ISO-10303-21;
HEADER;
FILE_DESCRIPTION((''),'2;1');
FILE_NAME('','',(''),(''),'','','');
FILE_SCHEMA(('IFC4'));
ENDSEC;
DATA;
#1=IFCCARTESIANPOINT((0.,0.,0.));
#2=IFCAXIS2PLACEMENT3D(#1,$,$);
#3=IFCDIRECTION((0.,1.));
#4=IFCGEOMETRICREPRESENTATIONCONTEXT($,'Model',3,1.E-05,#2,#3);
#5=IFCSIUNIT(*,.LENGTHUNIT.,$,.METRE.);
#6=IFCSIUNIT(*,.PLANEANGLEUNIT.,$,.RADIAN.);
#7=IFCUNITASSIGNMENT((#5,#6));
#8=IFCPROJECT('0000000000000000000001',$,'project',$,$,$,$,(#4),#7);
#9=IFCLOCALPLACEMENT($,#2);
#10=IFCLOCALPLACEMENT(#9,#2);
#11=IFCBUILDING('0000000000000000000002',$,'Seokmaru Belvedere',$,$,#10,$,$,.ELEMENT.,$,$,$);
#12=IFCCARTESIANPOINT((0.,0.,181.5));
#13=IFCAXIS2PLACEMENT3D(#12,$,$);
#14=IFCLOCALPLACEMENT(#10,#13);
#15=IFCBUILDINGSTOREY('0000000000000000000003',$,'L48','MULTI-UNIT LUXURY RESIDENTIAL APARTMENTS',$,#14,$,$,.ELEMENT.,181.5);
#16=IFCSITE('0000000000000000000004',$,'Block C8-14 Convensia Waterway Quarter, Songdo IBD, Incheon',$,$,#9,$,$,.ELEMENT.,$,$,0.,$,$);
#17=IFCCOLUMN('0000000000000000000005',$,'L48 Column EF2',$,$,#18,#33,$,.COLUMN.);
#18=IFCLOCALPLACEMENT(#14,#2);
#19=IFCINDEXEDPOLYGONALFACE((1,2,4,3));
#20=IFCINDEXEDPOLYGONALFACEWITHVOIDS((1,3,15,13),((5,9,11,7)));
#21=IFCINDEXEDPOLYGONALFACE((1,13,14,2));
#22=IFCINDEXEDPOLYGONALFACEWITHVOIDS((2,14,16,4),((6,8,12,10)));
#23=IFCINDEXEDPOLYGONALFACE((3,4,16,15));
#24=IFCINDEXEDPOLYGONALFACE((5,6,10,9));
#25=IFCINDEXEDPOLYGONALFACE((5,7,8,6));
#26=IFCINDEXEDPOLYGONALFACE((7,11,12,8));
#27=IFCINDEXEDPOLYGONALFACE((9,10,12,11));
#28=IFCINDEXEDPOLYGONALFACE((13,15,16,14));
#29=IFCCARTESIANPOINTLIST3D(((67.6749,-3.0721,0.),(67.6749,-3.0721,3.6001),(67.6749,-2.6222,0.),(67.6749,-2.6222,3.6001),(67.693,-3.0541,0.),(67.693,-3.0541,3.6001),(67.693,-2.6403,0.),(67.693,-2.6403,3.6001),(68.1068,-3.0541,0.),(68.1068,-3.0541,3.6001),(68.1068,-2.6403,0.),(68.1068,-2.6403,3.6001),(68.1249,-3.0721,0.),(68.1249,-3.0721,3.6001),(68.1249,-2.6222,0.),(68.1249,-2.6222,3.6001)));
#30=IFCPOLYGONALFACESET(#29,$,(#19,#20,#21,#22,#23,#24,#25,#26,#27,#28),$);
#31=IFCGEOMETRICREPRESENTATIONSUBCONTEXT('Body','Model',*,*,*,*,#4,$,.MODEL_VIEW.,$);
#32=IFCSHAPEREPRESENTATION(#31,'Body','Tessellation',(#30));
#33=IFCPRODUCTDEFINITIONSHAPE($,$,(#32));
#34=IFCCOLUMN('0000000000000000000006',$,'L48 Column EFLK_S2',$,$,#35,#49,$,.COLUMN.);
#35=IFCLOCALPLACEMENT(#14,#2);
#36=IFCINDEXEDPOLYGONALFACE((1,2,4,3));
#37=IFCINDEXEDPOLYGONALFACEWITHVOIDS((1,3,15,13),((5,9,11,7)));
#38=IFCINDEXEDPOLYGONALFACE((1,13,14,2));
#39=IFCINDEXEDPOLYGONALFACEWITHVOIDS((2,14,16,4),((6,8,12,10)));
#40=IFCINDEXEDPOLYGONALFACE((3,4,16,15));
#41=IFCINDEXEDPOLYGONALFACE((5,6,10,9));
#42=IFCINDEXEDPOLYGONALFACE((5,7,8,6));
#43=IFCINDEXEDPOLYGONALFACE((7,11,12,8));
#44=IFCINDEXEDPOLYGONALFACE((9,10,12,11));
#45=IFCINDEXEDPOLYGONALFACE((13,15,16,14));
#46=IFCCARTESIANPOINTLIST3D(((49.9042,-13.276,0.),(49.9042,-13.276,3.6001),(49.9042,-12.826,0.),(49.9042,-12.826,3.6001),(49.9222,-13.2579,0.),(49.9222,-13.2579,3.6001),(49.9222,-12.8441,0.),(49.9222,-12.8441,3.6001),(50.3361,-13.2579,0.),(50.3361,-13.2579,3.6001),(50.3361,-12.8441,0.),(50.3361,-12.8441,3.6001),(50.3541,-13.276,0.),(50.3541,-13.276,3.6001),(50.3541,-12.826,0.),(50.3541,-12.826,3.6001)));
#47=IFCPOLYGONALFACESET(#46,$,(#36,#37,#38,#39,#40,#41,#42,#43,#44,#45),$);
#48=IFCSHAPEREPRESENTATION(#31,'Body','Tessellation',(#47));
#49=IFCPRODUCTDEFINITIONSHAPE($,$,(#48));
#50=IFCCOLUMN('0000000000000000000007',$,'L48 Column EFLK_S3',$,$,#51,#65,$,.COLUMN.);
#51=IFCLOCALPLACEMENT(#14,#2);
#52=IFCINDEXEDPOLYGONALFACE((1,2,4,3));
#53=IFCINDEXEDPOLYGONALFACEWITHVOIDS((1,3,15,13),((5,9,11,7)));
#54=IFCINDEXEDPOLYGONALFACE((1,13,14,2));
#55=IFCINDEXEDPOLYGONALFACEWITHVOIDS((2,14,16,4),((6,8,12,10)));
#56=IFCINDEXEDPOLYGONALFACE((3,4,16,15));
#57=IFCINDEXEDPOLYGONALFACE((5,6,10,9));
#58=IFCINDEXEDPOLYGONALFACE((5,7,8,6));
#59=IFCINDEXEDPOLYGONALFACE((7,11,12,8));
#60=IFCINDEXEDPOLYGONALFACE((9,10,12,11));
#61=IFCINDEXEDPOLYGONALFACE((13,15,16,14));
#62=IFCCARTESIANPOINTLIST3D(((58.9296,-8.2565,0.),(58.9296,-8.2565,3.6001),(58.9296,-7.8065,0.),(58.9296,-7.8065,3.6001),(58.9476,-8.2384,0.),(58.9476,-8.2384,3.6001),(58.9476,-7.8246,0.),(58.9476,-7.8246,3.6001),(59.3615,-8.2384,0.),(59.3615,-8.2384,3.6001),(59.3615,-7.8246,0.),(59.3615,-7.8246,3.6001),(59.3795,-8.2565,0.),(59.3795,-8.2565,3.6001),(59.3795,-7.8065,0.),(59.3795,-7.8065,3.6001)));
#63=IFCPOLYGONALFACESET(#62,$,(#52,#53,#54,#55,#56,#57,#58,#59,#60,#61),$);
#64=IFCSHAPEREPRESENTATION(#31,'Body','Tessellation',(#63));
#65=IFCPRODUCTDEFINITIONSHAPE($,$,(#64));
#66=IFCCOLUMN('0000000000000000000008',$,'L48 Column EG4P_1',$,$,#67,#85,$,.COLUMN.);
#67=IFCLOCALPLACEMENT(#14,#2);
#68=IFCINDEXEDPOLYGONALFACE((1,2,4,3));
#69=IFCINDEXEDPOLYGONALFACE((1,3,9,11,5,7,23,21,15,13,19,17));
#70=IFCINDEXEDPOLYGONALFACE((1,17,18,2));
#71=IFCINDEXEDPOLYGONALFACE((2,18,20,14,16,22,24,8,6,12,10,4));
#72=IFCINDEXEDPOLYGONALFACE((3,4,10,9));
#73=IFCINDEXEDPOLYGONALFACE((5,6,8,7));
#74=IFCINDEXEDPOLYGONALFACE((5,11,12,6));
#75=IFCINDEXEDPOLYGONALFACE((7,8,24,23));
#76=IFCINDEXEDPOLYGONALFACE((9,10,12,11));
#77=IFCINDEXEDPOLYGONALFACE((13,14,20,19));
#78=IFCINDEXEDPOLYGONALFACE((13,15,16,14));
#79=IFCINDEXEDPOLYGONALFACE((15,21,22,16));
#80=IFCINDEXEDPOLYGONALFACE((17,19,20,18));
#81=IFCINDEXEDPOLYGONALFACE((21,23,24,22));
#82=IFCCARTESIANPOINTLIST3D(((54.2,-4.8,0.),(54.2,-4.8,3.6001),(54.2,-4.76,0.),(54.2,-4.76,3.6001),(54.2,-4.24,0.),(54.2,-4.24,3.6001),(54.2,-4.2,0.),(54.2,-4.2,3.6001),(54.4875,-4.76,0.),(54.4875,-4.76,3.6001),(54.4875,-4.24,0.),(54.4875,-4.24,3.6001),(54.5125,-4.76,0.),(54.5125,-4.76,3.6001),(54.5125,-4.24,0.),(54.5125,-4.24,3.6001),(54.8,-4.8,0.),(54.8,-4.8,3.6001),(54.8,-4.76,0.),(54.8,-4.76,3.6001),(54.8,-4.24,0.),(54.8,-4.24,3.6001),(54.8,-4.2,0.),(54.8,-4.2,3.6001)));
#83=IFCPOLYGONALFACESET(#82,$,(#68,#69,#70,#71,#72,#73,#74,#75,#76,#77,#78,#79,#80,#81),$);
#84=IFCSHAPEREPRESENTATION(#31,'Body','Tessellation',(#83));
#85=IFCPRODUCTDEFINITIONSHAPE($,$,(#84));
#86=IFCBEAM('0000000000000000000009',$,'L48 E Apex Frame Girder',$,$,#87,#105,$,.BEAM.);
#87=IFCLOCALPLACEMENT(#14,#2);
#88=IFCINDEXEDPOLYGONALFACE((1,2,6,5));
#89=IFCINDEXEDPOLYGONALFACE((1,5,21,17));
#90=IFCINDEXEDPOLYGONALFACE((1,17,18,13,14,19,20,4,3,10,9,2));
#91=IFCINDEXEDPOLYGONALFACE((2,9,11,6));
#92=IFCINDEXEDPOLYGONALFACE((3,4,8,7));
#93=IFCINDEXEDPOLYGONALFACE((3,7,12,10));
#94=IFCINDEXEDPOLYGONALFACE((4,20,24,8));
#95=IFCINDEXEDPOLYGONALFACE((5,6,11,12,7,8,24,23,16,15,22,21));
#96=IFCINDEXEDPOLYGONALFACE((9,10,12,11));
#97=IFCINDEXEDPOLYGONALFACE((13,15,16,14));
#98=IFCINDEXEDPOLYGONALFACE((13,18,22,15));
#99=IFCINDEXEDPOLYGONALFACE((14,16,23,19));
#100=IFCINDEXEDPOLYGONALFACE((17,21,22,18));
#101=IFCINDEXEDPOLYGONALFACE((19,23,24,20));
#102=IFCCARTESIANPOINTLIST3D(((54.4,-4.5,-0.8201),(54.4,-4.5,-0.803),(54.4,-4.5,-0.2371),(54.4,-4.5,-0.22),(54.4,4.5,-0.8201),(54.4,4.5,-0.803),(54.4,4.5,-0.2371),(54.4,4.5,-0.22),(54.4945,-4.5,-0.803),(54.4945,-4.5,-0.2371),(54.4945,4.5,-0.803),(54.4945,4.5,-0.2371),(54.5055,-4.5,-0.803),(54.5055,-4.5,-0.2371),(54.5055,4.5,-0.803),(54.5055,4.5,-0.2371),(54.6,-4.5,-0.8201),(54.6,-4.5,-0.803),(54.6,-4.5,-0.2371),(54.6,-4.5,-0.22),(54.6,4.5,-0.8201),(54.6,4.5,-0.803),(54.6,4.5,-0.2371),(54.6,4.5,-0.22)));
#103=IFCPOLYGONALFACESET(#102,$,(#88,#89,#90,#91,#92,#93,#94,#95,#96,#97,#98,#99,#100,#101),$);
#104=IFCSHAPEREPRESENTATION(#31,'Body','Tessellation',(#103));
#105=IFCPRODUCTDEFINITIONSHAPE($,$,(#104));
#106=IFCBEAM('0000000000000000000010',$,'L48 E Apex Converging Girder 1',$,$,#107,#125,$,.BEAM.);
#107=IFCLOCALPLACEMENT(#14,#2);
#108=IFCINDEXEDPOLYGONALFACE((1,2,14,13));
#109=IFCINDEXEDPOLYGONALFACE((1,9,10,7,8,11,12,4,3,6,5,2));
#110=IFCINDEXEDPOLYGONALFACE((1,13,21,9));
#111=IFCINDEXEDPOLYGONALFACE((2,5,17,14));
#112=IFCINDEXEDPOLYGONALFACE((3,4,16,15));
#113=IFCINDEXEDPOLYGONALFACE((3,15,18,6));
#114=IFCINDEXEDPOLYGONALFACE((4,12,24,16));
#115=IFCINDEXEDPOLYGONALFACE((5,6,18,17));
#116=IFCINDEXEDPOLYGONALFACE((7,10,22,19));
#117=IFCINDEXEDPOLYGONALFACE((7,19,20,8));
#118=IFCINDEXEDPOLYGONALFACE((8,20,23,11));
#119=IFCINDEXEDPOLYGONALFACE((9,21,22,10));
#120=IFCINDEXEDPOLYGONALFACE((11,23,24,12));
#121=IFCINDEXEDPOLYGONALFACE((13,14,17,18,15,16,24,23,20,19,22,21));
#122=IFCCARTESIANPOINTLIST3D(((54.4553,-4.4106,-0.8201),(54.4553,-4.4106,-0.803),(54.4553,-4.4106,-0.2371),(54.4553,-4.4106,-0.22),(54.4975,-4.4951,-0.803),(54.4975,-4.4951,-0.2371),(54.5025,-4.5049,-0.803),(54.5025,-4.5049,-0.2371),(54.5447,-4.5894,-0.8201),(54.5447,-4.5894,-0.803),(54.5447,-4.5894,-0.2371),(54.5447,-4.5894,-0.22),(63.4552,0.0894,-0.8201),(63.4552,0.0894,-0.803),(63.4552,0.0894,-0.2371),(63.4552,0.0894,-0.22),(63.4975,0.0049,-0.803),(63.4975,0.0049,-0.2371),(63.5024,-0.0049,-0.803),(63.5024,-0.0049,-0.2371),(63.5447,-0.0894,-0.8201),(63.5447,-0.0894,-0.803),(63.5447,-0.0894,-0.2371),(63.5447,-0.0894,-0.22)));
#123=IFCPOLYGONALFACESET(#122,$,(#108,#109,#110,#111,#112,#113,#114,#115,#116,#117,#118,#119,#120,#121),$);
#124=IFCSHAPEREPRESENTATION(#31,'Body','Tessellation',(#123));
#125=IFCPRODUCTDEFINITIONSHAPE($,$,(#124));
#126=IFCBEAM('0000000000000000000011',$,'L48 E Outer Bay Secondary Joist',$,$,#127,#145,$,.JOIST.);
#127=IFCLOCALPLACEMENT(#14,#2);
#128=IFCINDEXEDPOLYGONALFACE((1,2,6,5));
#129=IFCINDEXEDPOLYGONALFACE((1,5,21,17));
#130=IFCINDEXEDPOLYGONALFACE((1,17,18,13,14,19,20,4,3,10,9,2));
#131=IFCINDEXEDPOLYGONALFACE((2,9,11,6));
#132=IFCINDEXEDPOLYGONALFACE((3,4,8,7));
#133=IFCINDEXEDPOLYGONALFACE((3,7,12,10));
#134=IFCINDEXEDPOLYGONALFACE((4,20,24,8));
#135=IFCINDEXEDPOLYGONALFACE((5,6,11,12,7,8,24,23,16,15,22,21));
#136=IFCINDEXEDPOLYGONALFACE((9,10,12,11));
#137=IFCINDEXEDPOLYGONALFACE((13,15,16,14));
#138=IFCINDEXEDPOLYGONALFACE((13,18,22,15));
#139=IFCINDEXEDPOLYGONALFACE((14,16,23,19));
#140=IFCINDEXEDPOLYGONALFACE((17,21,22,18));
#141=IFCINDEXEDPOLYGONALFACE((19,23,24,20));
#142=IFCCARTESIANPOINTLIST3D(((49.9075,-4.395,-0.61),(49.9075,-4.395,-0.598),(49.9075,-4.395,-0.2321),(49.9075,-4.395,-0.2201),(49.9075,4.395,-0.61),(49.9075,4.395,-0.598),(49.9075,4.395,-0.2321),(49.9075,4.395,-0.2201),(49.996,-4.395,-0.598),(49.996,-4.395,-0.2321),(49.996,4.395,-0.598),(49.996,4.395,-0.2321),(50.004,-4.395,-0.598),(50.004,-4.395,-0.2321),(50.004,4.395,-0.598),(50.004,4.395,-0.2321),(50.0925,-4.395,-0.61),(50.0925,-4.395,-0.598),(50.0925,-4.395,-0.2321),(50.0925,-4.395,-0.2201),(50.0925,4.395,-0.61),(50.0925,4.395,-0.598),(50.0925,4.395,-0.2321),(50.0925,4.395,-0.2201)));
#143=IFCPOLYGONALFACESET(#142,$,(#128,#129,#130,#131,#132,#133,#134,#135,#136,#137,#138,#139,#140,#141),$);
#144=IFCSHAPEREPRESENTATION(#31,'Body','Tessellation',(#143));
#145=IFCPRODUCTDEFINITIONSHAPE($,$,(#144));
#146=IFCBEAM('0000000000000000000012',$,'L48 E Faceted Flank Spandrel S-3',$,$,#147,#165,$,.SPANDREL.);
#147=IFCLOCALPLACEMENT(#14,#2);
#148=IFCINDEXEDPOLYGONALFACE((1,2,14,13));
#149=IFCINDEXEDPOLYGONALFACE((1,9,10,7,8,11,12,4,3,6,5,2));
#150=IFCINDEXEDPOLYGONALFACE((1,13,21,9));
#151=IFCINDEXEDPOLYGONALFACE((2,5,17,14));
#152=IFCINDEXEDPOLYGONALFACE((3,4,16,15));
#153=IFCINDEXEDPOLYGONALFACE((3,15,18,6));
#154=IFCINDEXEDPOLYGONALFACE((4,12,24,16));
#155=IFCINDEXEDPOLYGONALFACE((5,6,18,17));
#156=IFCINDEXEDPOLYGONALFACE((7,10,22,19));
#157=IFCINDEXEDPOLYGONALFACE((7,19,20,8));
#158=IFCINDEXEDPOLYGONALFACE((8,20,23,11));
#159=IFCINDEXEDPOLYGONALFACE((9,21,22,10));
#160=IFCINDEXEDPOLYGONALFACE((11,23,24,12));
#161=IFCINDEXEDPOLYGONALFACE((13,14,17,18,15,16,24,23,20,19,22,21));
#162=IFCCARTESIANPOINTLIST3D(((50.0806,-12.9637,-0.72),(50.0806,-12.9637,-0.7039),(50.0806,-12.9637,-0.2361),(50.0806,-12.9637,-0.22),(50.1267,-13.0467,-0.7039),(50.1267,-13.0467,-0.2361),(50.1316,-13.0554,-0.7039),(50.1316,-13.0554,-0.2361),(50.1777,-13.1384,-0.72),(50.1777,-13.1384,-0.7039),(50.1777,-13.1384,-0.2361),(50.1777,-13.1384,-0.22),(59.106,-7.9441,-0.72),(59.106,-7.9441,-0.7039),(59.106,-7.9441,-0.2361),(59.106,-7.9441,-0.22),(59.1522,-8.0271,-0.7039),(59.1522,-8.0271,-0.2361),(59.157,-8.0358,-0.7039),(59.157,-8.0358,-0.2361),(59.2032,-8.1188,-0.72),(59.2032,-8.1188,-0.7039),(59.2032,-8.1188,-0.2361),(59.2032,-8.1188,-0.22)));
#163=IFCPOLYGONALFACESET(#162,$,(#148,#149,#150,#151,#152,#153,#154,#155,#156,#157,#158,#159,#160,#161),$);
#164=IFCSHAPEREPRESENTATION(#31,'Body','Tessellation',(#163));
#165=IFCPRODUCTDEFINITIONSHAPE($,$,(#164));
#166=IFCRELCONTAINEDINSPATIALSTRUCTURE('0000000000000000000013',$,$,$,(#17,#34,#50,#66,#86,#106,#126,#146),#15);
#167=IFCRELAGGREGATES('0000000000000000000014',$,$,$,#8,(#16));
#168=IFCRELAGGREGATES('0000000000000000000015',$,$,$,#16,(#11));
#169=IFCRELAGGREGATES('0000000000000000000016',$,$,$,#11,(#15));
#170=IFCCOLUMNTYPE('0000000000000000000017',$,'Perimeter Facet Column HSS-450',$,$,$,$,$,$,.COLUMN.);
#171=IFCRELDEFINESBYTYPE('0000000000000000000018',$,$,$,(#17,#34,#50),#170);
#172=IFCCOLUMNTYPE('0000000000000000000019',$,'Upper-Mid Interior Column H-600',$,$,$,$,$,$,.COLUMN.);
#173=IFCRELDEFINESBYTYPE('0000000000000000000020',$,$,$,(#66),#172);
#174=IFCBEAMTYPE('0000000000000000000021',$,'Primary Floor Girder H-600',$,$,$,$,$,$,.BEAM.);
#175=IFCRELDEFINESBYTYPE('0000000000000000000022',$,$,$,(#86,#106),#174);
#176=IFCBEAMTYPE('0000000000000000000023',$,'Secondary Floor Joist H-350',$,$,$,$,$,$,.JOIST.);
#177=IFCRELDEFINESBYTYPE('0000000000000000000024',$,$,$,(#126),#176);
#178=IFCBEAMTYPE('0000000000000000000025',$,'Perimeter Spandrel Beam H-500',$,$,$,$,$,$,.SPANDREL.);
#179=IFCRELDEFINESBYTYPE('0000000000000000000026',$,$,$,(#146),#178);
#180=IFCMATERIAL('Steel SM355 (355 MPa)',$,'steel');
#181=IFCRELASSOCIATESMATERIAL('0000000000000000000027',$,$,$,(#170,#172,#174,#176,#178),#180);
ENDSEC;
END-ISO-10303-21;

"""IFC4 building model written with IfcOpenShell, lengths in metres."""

from ifc_helpers import new_model, si_unit, direction, frame, origin, origin_2d, place, context, subcontext, project, spatial, hollow_rectangle, i_section, extrude, source, transform, mapped, material, material_profile, profile_set, type_object, type_shapes, element, save


model = new_model("IFC4")

# Units and contexts
model_context = context("Model", 3, precision=1e-05, world=origin(), true_north=direction((0.0, 1.0)))
body_context = subcontext(model_context, "Body", "Model", "MODEL_VIEW")
ifc_project = project(units=[si_unit("LENGTHUNIT", "METRE"), si_unit("PLANEANGLEUNIT", "RADIAN")], contexts=[model_context])

# Site, building, storey
site_placement = place(None, origin())
site = spatial("IfcSite", under=ifc_project, at=site_placement, Name="Block C8-14 Convensia Waterway Quarter, Songdo IBD, Incheon", CompositionType="ELEMENT", RefElevation=0.0)
building_placement = place(site_placement, origin())
building = spatial("IfcBuilding", under=site, at=building_placement, Name="Seokmaru Belvedere", CompositionType="ELEMENT")
storey_placement = place(building_placement, frame((0.0, 0.0, 181.5)))
storey = spatial("IfcBuildingStorey", under=building, at=storey_placement, Name="L48", Description="MULTI-UNIT LUXURY RESIDENTIAL APARTMENTS", CompositionType="ELEMENT", Elevation=181.5)

# Columns
ifc_material_1 = material(Name="Steel SM355 (355 MPa)", Category="steel")
ifc_material_profile_1 = material_profile(ifc_material_1, hollow_rectangle(XDim=0.45, YDim=0.45, WallThickness=0.0181, at=origin_2d()), Name="HSS-450x450x18")
ifc_profile_set_1 = profile_set([ifc_material_profile_1], Name="Steel SM355 (355 MPa)")
column_type_1 = type_object("IfcColumnType", Name="Perimeter Facet Column HSS-450", PredefinedType="COLUMN", material=ifc_profile_set_1)
shared_shape_1 = source(origin(), body_context, "Body", "SweptSolid", [
    extrude(hollow_rectangle(XDim=0.45, YDim=0.45, WallThickness=0.0181, at=origin_2d()), origin(), (0.0, 0.0, 1.0), 3.6001),
])
type_shapes(column_type_1, [shared_shape_1])
for number, where, z_axis, x_axis, name in (
    (1, (67.8999, -2.8472, 0.0), (0.0, 0.0, 1.0), (1.0, 0.0, 0.0), "L48 Column EF2"),
    (2, (50.1292, -13.051, 0.0), (0.0, 0.0, 1.0), (1.0, 0.0, 0.0), "L48 Column EFLK_S2"),
    (3, (59.1545, -8.0315, 0.0), (0.0, 0.0, 1.0), (1.0, 0.0, 0.0), "L48 Column EFLK_S3"),
):
    element("IfcColumn", number, at=place(storey_placement, frame(where, z_axis=z_axis, x_axis=x_axis)), inside=storey, type_object=column_type_1, Name=name, PredefinedType="COLUMN", context=body_context, shape_type="MappedRepresentation", body=[
        mapped(shared_shape_1, transform((0.0, 0.0, 0.0), scale=1.0)),
    ])
ifc_material_profile_2 = material_profile(ifc_material_1, i_section(OverallWidth=0.6001, OverallDepth=0.6001, WebThickness=0.0249, FlangeThickness=0.04, at=origin_2d()), Name="H-600x600x25x40")
ifc_profile_set_2 = profile_set([ifc_material_profile_2], Name="Steel SM355 (355 MPa)")
column_type_2 = type_object("IfcColumnType", Name="Upper-Mid Interior Column H-600", PredefinedType="COLUMN", material=ifc_profile_set_2)
shared_shape_2 = source(origin(), body_context, "Body", "SweptSolid", [
    extrude(i_section(OverallWidth=0.6001, OverallDepth=0.6001, WebThickness=0.0249, FlangeThickness=0.04, at=origin_2d()), origin(), (0.0, 0.0, 1.0), 3.6001),
])
type_shapes(column_type_2, [shared_shape_2])
column_placement = place(storey_placement, frame((54.5, -4.5, 0.0), z_axis=(0.0, 0.0, 1.0), x_axis=(1.0, 0.0, 0.0)))
element("IfcColumn", 4, at=column_placement, inside=storey, type_object=column_type_2, Name="L48 Column EG4P_1", PredefinedType="COLUMN", context=body_context, shape_type="MappedRepresentation", body=[
    mapped(shared_shape_2, transform((0.0, 0.0, 0.0), scale=1.0)),
])

# Beams
ifc_material_profile_3 = material_profile(ifc_material_1, i_section(OverallWidth=0.2, OverallDepth=0.6001, WebThickness=0.011, FlangeThickness=0.0171, at=origin_2d()), Name="H-600x200x11x17")
ifc_profile_set_3 = profile_set([ifc_material_profile_3], Name="Steel SM355 (355 MPa)")
beam_type_1 = type_object("IfcBeamType", Name="Primary Floor Girder H-600", PredefinedType="BEAM", material=ifc_profile_set_3)
shared_shape_3 = source(origin(), body_context, "Body", "SweptSolid", [
    extrude(i_section(OverallWidth=0.2, OverallDepth=0.6001, WebThickness=0.011, FlangeThickness=0.0171, at=origin_2d()), origin(), (0.0, 0.0, 1.0), 9.0),
])
beam_1_placement = place(storey_placement, frame((54.5, -4.5, -0.52), z_axis=(0.0, 1.0, 0.0), x_axis=(-1.0, 0.0, 0.0)))
element("IfcBeam", 5, at=beam_1_placement, inside=storey, type_object=beam_type_1, Name="L48 E Apex Frame Girder", PredefinedType="BEAM", context=body_context, shape_type="MappedRepresentation", body=[
    mapped(shared_shape_3, transform((0.0, 0.0, 0.0), scale=1.0)),
])
shared_shape_4 = source(origin(), body_context, "Body", "SweptSolid", [
    extrude(i_section(OverallWidth=0.2, OverallDepth=0.6001, WebThickness=0.011, FlangeThickness=0.0171, at=origin_2d()), origin(), (0.0, 0.0, 1.0), 10.0623),
])
beam_2_placement = place(storey_placement, frame((54.5, -4.5, -0.52), z_axis=(0.894427, 0.447214, 0.0), x_axis=(-0.447214, 0.894427, 0.0)))
element("IfcBeam", 6, at=beam_2_placement, inside=storey, type_object=beam_type_1, Name="L48 E Apex Converging Girder 1", PredefinedType="BEAM", context=body_context, shape_type="MappedRepresentation", body=[
    mapped(shared_shape_4, transform((0.0, 0.0, 0.0), scale=1.0)),
])
ifc_material_profile_4 = material_profile(ifc_material_1, i_section(OverallWidth=0.1851, OverallDepth=0.3899, WebThickness=0.0081, FlangeThickness=0.012, at=origin_2d()), Name="H-390x185x8x12")
ifc_profile_set_4 = profile_set([ifc_material_profile_4], Name="Steel SM355 (355 MPa)")
beam_type_2 = type_object("IfcBeamType", Name="Secondary Floor Joist H-350", PredefinedType="JOIST", material=ifc_profile_set_4)
shared_shape_5 = source(origin(), body_context, "Body", "SweptSolid", [
    extrude(i_section(OverallWidth=0.1851, OverallDepth=0.3899, WebThickness=0.0081, FlangeThickness=0.012, at=origin_2d()), origin(), (0.0, 0.0, 1.0), 8.79),
])
type_shapes(beam_type_2, [shared_shape_5])
beam_3_placement = place(storey_placement, frame((50.0, -4.395, -0.415), z_axis=(0.0, 1.0, 0.0), x_axis=(-1.0, 0.0, 0.0)))
element("IfcBeam", 7, at=beam_3_placement, inside=storey, type_object=beam_type_2, Name="L48 E Outer Bay Secondary Joist", PredefinedType="JOIST", context=body_context, shape_type="MappedRepresentation", body=[
    mapped(shared_shape_5, transform((0.0, 0.0, 0.0), scale=1.0)),
])
ifc_material_profile_5 = material_profile(ifc_material_1, i_section(OverallWidth=0.2, OverallDepth=0.5, WebThickness=0.01, FlangeThickness=0.0161, at=origin_2d()), Name="H-500x200x10x16")
ifc_profile_set_5 = profile_set([ifc_material_profile_5], Name="Steel SM355 (355 MPa)")
beam_type_3 = type_object("IfcBeamType", Name="Perimeter Spandrel Beam H-500", PredefinedType="SPANDREL", material=ifc_profile_set_5)
shared_shape_6 = source(origin(), body_context, "Body", "SweptSolid", [
    extrude(i_section(OverallWidth=0.2, OverallDepth=0.5, WebThickness=0.01, FlangeThickness=0.0161, at=origin_2d()), origin(), (0.0, 0.0, 1.0), 10.3274),
])
beam_4_placement = place(storey_placement, frame((50.1292, -13.051, -0.47), z_axis=(0.873934, 0.486044, 0.0), x_axis=(-0.486044, 0.873934, 0.0)))
element("IfcBeam", 8, at=beam_4_placement, inside=storey, type_object=beam_type_3, Name="L48 E Faceted Flank Spandrel S-3", PredefinedType="SPANDREL", context=body_context, shape_type="MappedRepresentation", body=[
    mapped(shared_shape_6, transform((0.0, 0.0, 0.0), scale=1.0)),
])

save(model, "model.ifc")
